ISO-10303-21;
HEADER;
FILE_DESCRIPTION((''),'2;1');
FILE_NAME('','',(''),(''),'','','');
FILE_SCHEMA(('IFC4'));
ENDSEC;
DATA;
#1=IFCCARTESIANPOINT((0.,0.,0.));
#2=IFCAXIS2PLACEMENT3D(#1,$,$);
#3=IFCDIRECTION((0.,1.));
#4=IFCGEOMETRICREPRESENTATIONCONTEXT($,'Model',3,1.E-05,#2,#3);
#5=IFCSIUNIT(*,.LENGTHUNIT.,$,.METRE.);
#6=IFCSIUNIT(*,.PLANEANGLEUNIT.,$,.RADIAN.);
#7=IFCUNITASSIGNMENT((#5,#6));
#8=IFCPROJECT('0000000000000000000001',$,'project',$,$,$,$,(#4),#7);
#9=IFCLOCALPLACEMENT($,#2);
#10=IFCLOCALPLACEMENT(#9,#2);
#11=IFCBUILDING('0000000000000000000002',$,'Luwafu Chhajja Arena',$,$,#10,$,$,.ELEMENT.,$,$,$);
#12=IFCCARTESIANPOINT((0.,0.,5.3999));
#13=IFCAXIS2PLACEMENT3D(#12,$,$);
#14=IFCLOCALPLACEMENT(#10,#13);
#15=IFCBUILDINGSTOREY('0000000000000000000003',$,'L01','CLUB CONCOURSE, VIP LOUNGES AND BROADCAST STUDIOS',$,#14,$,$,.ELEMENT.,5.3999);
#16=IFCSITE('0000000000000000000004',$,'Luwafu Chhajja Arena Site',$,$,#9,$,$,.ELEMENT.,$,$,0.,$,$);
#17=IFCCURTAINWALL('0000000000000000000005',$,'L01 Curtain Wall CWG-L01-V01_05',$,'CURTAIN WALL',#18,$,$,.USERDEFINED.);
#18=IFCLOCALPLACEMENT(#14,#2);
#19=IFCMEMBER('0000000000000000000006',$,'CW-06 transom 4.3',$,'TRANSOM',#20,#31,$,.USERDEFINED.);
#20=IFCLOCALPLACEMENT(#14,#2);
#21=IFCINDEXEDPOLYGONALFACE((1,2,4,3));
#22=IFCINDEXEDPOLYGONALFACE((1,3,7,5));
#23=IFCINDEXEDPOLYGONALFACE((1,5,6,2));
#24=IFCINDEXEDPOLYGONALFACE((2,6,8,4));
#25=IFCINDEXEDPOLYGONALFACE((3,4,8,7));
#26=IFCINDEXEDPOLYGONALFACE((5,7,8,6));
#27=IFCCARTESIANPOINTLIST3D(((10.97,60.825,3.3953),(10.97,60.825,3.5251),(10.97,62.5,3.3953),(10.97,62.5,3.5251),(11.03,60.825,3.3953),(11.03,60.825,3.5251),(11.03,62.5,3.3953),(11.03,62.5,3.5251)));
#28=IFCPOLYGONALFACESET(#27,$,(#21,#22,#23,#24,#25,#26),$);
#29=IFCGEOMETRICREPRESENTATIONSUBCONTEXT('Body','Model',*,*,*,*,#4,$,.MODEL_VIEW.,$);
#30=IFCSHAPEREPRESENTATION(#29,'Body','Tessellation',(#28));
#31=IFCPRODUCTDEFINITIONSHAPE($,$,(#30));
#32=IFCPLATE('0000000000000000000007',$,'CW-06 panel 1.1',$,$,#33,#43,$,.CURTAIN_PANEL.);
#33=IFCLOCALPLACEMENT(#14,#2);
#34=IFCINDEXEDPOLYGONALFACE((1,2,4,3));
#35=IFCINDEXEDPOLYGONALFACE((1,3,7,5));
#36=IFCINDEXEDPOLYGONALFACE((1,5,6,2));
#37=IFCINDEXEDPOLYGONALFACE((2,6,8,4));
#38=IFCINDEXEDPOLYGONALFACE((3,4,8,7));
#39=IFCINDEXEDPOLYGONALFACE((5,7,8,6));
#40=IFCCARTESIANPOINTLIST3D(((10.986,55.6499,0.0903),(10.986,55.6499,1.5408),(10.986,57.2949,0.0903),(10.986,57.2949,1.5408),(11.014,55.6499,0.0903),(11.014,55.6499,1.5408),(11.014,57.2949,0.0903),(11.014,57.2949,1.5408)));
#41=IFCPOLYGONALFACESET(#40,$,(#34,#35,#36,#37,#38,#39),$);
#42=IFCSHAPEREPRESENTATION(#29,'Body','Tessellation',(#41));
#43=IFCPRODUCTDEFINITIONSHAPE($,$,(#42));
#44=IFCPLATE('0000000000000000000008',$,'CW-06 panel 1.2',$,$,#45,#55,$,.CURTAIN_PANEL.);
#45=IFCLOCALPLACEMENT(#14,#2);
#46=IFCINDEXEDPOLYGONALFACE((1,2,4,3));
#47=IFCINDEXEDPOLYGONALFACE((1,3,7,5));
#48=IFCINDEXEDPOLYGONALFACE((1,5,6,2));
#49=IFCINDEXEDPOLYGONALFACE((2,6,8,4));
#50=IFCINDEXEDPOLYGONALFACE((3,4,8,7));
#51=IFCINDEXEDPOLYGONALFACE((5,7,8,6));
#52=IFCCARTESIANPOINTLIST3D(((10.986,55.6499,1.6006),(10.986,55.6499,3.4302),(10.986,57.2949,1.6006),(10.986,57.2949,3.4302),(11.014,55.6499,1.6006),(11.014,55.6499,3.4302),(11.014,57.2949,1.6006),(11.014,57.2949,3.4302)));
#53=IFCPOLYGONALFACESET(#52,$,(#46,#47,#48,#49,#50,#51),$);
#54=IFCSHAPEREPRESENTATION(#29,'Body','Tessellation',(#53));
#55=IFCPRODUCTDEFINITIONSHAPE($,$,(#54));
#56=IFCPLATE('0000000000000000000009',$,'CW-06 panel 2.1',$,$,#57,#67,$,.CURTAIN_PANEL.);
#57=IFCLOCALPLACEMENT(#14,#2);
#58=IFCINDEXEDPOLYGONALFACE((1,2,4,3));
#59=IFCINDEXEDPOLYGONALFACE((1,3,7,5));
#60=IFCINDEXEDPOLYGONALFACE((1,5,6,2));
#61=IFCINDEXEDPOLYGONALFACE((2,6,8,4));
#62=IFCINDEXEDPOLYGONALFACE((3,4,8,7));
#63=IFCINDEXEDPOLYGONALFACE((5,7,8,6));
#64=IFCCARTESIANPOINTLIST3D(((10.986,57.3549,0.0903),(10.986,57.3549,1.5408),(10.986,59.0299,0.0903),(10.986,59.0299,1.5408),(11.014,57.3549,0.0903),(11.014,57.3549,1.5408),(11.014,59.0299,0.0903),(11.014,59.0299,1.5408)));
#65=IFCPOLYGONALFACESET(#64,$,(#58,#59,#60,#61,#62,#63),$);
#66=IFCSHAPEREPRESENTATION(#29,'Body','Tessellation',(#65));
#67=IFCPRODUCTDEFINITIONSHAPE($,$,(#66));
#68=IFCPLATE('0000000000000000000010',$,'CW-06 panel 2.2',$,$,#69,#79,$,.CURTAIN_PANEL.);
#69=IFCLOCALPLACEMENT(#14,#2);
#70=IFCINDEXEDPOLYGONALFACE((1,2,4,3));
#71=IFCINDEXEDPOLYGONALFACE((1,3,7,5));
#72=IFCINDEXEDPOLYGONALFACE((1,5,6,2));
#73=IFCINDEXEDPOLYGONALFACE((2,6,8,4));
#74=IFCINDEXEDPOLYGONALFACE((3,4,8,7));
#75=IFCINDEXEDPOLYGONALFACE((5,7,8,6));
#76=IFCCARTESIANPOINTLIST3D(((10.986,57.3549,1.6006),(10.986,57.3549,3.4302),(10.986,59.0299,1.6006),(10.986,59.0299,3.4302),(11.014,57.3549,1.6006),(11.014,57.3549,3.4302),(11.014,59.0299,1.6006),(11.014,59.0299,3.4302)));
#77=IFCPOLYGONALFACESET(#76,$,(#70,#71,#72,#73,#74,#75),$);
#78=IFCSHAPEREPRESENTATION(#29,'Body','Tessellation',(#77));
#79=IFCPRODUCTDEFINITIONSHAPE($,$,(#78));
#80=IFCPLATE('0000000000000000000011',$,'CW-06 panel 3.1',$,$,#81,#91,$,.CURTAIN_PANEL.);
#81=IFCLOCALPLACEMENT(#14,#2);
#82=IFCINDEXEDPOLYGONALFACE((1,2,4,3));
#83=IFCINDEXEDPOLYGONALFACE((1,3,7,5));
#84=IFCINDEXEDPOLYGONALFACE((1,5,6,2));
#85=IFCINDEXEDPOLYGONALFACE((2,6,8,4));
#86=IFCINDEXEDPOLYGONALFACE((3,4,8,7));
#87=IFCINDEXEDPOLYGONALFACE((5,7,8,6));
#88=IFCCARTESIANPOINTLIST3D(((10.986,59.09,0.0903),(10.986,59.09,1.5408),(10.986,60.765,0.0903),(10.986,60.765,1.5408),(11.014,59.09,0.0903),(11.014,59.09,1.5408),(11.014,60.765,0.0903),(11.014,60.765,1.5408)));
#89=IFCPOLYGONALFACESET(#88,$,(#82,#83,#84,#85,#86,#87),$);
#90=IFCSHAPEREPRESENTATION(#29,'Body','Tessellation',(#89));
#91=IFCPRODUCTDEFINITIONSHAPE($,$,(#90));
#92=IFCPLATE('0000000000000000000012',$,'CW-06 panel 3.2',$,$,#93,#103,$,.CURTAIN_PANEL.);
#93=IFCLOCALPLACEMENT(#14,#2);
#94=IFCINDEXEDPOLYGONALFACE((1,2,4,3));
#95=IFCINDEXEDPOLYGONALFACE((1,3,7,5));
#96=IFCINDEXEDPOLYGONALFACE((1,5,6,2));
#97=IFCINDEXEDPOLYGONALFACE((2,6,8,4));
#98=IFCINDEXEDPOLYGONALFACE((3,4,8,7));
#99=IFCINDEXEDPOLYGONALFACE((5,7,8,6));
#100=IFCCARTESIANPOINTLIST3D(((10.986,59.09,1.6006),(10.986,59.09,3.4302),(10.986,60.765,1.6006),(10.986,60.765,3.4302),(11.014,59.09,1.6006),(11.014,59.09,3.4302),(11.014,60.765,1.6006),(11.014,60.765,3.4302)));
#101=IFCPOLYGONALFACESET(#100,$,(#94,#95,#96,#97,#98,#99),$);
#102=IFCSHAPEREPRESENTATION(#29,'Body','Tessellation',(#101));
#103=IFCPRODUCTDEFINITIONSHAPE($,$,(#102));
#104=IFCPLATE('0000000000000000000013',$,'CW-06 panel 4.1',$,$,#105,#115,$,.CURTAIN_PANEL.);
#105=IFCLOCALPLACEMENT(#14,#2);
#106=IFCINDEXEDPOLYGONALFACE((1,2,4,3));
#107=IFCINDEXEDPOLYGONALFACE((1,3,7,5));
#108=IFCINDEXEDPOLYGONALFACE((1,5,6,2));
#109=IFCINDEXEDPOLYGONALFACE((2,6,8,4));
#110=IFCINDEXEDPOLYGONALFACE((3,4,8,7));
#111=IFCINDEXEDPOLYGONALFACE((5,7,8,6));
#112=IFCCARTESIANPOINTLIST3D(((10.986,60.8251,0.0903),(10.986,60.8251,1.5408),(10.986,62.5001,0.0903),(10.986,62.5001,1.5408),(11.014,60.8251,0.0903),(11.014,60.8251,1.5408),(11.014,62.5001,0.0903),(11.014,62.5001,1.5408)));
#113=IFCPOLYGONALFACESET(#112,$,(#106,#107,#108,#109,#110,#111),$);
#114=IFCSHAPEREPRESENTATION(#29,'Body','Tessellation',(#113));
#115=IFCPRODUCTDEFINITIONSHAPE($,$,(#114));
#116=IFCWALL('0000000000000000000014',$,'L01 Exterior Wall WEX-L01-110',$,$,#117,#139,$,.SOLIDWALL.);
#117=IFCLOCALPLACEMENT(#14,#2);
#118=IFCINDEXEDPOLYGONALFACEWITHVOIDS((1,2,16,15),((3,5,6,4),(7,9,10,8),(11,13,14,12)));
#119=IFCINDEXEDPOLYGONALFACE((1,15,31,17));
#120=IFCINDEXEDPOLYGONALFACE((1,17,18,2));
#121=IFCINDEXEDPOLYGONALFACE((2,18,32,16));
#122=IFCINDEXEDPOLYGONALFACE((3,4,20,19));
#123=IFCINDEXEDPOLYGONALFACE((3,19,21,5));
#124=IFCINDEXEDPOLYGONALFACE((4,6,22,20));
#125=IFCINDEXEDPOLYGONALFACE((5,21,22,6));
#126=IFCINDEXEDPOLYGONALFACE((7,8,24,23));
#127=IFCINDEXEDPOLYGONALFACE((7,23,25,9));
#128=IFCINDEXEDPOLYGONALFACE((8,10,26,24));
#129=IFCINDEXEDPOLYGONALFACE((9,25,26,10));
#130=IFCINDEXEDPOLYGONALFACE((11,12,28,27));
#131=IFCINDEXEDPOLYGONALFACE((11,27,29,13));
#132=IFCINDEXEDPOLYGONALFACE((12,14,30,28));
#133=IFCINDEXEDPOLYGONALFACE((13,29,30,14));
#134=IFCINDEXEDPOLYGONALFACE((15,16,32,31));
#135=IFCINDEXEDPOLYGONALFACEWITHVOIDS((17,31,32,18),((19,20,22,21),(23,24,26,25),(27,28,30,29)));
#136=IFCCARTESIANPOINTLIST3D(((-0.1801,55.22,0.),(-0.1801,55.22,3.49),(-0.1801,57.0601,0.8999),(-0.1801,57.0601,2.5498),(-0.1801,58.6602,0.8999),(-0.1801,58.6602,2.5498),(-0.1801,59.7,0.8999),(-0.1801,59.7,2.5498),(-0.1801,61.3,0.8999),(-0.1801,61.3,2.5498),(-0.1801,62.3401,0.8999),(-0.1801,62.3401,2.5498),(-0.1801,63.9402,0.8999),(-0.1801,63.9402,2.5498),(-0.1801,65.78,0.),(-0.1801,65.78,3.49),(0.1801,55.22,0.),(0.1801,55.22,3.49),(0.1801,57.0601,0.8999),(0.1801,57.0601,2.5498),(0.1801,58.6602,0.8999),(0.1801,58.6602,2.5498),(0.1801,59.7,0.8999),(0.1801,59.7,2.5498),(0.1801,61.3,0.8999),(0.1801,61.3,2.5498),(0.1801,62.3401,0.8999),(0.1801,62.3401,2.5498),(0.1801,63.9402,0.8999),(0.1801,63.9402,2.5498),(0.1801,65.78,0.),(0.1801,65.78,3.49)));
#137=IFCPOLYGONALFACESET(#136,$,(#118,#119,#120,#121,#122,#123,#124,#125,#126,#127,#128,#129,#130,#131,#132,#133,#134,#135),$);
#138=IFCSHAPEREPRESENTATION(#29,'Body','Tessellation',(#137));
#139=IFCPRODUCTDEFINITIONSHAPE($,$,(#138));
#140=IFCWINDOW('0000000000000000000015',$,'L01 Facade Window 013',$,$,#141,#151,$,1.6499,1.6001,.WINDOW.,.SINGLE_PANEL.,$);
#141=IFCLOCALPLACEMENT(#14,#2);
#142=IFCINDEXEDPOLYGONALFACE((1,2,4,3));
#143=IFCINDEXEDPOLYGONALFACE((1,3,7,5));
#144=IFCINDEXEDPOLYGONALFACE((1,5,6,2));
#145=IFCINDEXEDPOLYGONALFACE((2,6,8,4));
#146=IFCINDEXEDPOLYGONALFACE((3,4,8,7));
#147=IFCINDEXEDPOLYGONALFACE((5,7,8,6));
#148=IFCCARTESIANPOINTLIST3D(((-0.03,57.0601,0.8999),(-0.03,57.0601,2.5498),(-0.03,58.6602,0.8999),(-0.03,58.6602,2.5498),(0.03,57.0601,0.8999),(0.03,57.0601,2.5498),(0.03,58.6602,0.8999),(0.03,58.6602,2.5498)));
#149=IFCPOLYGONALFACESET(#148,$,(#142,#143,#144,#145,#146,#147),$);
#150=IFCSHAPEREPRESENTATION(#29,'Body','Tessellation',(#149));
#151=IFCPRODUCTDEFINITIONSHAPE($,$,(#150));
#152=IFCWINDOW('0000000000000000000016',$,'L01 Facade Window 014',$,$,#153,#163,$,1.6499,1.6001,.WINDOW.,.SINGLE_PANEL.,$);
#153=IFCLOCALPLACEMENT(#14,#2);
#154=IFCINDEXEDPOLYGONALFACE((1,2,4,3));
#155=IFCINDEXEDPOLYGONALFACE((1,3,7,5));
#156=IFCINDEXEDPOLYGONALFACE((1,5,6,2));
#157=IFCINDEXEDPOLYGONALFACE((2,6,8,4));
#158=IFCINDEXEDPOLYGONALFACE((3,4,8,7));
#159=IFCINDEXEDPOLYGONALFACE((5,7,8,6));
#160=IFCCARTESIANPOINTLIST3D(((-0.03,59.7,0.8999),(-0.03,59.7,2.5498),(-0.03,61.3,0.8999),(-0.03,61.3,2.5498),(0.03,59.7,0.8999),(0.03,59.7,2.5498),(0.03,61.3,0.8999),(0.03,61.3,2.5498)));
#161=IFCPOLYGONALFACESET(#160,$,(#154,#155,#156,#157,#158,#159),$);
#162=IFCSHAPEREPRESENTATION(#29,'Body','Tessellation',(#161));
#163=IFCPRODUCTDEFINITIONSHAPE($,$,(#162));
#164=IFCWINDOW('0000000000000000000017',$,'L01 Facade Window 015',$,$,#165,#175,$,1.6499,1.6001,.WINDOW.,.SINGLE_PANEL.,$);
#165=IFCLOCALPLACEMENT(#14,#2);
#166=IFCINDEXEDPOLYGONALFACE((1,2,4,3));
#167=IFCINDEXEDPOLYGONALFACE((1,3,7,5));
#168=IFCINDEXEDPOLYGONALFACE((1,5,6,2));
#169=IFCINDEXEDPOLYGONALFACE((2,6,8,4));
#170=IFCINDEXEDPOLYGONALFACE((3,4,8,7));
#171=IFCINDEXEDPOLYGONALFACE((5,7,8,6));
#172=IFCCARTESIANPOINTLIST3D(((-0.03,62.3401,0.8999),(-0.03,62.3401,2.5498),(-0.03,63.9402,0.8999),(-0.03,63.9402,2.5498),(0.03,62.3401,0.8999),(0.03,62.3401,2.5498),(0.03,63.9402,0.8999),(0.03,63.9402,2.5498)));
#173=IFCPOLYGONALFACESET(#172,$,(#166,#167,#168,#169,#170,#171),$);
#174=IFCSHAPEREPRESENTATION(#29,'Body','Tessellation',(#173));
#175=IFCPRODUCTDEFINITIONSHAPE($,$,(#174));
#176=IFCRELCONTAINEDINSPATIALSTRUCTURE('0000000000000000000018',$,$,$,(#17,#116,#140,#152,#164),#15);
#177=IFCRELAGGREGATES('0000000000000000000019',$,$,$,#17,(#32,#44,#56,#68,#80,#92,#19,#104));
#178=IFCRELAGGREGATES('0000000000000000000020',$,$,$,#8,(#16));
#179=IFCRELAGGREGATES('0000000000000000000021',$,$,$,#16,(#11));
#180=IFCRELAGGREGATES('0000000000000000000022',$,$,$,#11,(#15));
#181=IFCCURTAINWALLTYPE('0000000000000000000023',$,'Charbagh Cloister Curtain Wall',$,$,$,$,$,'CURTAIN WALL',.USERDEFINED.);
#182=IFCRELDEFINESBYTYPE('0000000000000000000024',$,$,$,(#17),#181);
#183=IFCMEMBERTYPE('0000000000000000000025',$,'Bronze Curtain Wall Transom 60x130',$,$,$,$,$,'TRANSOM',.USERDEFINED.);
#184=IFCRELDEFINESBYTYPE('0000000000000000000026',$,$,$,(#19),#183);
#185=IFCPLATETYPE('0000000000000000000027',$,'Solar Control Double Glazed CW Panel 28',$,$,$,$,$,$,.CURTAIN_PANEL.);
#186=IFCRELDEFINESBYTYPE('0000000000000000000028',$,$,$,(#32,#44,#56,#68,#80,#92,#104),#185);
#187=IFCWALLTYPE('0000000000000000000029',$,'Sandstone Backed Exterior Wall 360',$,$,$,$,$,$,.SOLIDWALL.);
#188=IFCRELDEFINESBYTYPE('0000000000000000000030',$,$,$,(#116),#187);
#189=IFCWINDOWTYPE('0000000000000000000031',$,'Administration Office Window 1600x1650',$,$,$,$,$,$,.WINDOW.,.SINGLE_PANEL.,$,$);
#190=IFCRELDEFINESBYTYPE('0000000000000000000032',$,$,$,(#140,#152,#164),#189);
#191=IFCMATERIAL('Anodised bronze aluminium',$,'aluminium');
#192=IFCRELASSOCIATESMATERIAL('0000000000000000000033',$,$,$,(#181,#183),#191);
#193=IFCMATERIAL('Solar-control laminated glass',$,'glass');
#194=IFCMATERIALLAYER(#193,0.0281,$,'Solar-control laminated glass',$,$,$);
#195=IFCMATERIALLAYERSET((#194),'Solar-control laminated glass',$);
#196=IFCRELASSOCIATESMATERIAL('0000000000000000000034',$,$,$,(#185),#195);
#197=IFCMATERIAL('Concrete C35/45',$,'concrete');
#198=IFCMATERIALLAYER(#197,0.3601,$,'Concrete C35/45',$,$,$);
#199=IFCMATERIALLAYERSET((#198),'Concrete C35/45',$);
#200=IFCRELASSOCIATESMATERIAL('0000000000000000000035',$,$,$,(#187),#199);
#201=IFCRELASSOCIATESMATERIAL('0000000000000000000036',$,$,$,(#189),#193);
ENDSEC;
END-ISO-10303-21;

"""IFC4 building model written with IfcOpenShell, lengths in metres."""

from ifc_helpers import new_model, si_unit, direction, frame, frame_2d, origin, origin_2d, place, context, subcontext, project, spatial, rectangle, extrude, material, layer, layer_set, material_profile, profile_set, type_object, element, fill, aggregate, save


model = new_model("IFC4")

# Units and contexts
model_context = context("Model", 3, precision=1e-05, world=origin(), true_north=direction((0.0, 1.0)))
body_context = subcontext(model_context, "Body", "Model", "MODEL_VIEW")
ifc_project = project(units=[si_unit("LENGTHUNIT", "METRE"), si_unit("PLANEANGLEUNIT", "RADIAN")], contexts=[model_context])

# Site, building, storey
site_placement = place(None, origin())
site = spatial("IfcSite", under=ifc_project, at=site_placement, Name="Luwafu Chhajja Arena Site", CompositionType="ELEMENT", RefElevation=0.0)
building_placement = place(site_placement, origin())
building = spatial("IfcBuilding", under=site, at=building_placement, Name="Luwafu Chhajja Arena", CompositionType="ELEMENT")
storey_placement = place(building_placement, frame((0.0, 0.0, 5.3999)))
storey = spatial("IfcBuildingStorey", under=building, at=storey_placement, Name="L01", Description="CLUB CONCOURSE, VIP LOUNGES AND BROADCAST STUDIOS", CompositionType="ELEMENT", Elevation=5.3999)

# Curtain wall, member, plates
ifc_material_1 = material(Name="Anodised bronze aluminium", Category="aluminium")
curtain_wall_type = type_object("IfcCurtainWallType", Name="Charbagh Cloister Curtain Wall", ElementType="CURTAIN WALL", PredefinedType="USERDEFINED", material=ifc_material_1)
curtain_wall_placement = place(storey_placement, origin())
curtain_wall = element("IfcCurtainWall", 1, at=curtain_wall_placement, inside=storey, type_object=curtain_wall_type, Name="L01 Curtain Wall CWG-L01-V01_05", ObjectType="CURTAIN WALL", PredefinedType="USERDEFINED")
ifc_material_profile_1 = material_profile(ifc_material_1, rectangle(XDim=0.0601, YDim=0.1299, at=origin_2d()), Name="CWT 60x130")
ifc_profile_set_1 = profile_set([ifc_material_profile_1], Name="Anodised bronze aluminium")
member_type_1 = type_object("IfcMemberType", Name="Bronze Curtain Wall Transom 60x130", ElementType="TRANSOM", PredefinedType="USERDEFINED", material=ifc_profile_set_1)
member_1_placement = place(storey_placement, frame((11.0, 60.825, 3.4602), z_axis=(0.0, 1.0, 0.0), x_axis=(-1.0, 0.0, 0.0)))
member_1 = element("IfcMember", 2, at=member_1_placement, type_object=member_type_1, Name="CW-06 transom 4.3", ObjectType="TRANSOM", PredefinedType="USERDEFINED", context=body_context, shape_type="SweptSolid", body=[
    extrude(rectangle(XDim=0.0601, YDim=0.1299, at=origin_2d()), origin(), (0.0, 0.0, 1.0), 1.675),
])
ifc_material_2 = material(Name="Solar-control laminated glass", Category="glass")
ifc_layer_1 = layer(ifc_material_2, 0.0281, Name="Solar-control laminated glass")
ifc_layer_set_1 = layer_set([ifc_layer_1], Name="Solar-control laminated glass")
plate_type = type_object("IfcPlateType", Name="Solar Control Double Glazed CW Panel 28", PredefinedType="CURTAIN_PANEL", material=ifc_layer_set_1)
plate_1_placement = place(storey_placement, frame((11.0, 56.4724, 0.0903), z_axis=(0.0, 0.0, 1.0), x_axis=(0.0, 1.0, 0.0)))
plate_1 = element("IfcPlate", 3, at=plate_1_placement, type_object=plate_type, Name="CW-06 panel 1.1", PredefinedType="CURTAIN_PANEL", context=body_context, shape_type="SweptSolid", body=[
    extrude(rectangle(XDim=1.645, YDim=0.0281, at=origin_2d()), origin(), (0.0, 0.0, 1.0), 1.4504),
])
plate_2_placement = place(storey_placement, frame((11.0, 56.4724, 1.6006), z_axis=(0.0, 0.0, 1.0), x_axis=(0.0, 1.0, 0.0)))
plate_2 = element("IfcPlate", 4, at=plate_2_placement, type_object=plate_type, Name="CW-06 panel 1.2", PredefinedType="CURTAIN_PANEL", context=body_context, shape_type="SweptSolid", body=[
    extrude(rectangle(XDim=1.645, YDim=0.0281, at=origin_2d()), origin(), (0.0, 0.0, 1.0), 1.8296),
])
plate_3_placement = place(storey_placement, frame((11.0, 58.1924, 0.0903), z_axis=(0.0, 0.0, 1.0), x_axis=(0.0, 1.0, 0.0)))
plate_3 = element("IfcPlate", 5, at=plate_3_placement, type_object=plate_type, Name="CW-06 panel 2.1", PredefinedType="CURTAIN_PANEL", context=body_context, shape_type="SweptSolid", body=[
    extrude(rectangle(XDim=1.675, YDim=0.0281, at=origin_2d()), origin(), (0.0, 0.0, 1.0), 1.4504),
])
plate_4_placement = place(storey_placement, frame((11.0, 58.1924, 1.6006), z_axis=(0.0, 0.0, 1.0), x_axis=(0.0, 1.0, 0.0)))
plate_4 = element("IfcPlate", 6, at=plate_4_placement, type_object=plate_type, Name="CW-06 panel 2.2", PredefinedType="CURTAIN_PANEL", context=body_context, shape_type="SweptSolid", body=[
    extrude(rectangle(XDim=1.675, YDim=0.0281, at=origin_2d()), origin(), (0.0, 0.0, 1.0), 1.8296),
])
plate_5_placement = place(storey_placement, frame((11.0, 59.9275, 0.0903), z_axis=(0.0, 0.0, 1.0), x_axis=(0.0, 1.0, 0.0)))
plate_5 = element("IfcPlate", 7, at=plate_5_placement, type_object=plate_type, Name="CW-06 panel 3.1", PredefinedType="CURTAIN_PANEL", context=body_context, shape_type="SweptSolid", body=[
    extrude(rectangle(XDim=1.675, YDim=0.0281, at=origin_2d()), origin(), (0.0, 0.0, 1.0), 1.4504),
])
plate_6_placement = place(storey_placement, frame((11.0, 59.9275, 1.6006), z_axis=(0.0, 0.0, 1.0), x_axis=(0.0, 1.0, 0.0)))
plate_6 = element("IfcPlate", 8, at=plate_6_placement, type_object=plate_type, Name="CW-06 panel 3.2", PredefinedType="CURTAIN_PANEL", context=body_context, shape_type="SweptSolid", body=[
    extrude(rectangle(XDim=1.675, YDim=0.0281, at=origin_2d()), origin(), (0.0, 0.0, 1.0), 1.8296),
])
plate_7_placement = place(storey_placement, frame((11.0, 61.6626, 0.0903), z_axis=(0.0, 0.0, 1.0), x_axis=(0.0, 1.0, 0.0)))
plate_7 = element("IfcPlate", 9, at=plate_7_placement, type_object=plate_type, Name="CW-06 panel 4.1", PredefinedType="CURTAIN_PANEL", context=body_context, shape_type="SweptSolid", body=[
    extrude(rectangle(XDim=1.675, YDim=0.0281, at=origin_2d()), origin(), (0.0, 0.0, 1.0), 1.4504),
])
aggregate(curtain_wall, [plate_1, plate_2, plate_3, plate_4, plate_5, plate_6, member_1, plate_7])

# Wall, openings, windows
ifc_material_3 = material(Name="Concrete C35/45", Category="concrete")
ifc_layer_2 = layer(ifc_material_3, 0.3601, Name="Concrete C35/45")
ifc_layer_set_2 = layer_set([ifc_layer_2], Name="Concrete C35/45")
wall_type = type_object("IfcWallType", Name="Sandstone Backed Exterior Wall 360", PredefinedType="SOLIDWALL", material=ifc_layer_set_2)
wall_placement = place(storey_placement, frame((0.0, 55.22, 0.0), z_axis=(0.0, 0.0, 1.0), x_axis=(0.0, 1.0, 0.0)))
wall = element("IfcWall", 10, at=wall_placement, inside=storey, type_object=wall_type, Name="L01 Exterior Wall WEX-L01-110", PredefinedType="SOLIDWALL", context=body_context, shape_type="SweptSolid", body=[
    extrude(rectangle(XDim=10.5601, YDim=0.3601, at=frame_2d((5.28, 0.0))), origin(), (0.0, 0.0, 1.0), 3.49),
])
opening_1_placement = place(wall_placement, frame((1.8401, 0.0, 0.8999)))
opening_1 = element("IfcOpeningElement", 11, at=opening_1_placement, cuts=wall, PredefinedType="OPENING", context=body_context, shape_type="SweptSolid", body=[
    extrude(rectangle(XDim=1.6001, YDim=1.6499, at=frame_2d((0.8, 0.825))), frame((0.0, 0.1899, 0.0), z_axis=(0.0, -1.0, 0.0), x_axis=(1.0, 0.0, 0.0)), (0.0, 0.0, 1.0), 0.3801),
])
opening_2_placement = place(wall_placement, frame((4.48, 0.0, 0.8999)))
opening_2 = element("IfcOpeningElement", 12, at=opening_2_placement, cuts=wall, PredefinedType="OPENING", context=body_context, shape_type="SweptSolid", body=[
    extrude(rectangle(XDim=1.6001, YDim=1.6499, at=frame_2d((0.8, 0.825))), frame((0.0, 0.1899, 0.0), z_axis=(0.0, -1.0, 0.0), x_axis=(1.0, 0.0, 0.0)), (0.0, 0.0, 1.0), 0.3801),
])
opening_3_placement = place(wall_placement, frame((7.1201, 0.0, 0.8999)))
opening_3 = element("IfcOpeningElement", 13, at=opening_3_placement, cuts=wall, PredefinedType="OPENING", context=body_context, shape_type="SweptSolid", body=[
    extrude(rectangle(XDim=1.6001, YDim=1.6499, at=frame_2d((0.8, 0.825))), frame((0.0, 0.1899, 0.0), z_axis=(0.0, -1.0, 0.0), x_axis=(1.0, 0.0, 0.0)), (0.0, 0.0, 1.0), 0.3801),
])
window_type = type_object("IfcWindowType", Name="Administration Office Window 1600x1650", PartitioningType="SINGLE_PANEL", PredefinedType="WINDOW", material=ifc_material_2)
window_1_placement = place(opening_1_placement, origin())
window_1 = element("IfcWindow", 14, at=window_1_placement, inside=storey, type_object=window_type, Name="L01 Facade Window 013", OverallHeight=1.6499, OverallWidth=1.6001, PartitioningType="SINGLE_PANEL", PredefinedType="WINDOW", context=body_context, shape_type="SweptSolid", body=[
    extrude(rectangle(XDim=1.6001, YDim=1.6499, at=frame_2d((0.8, 0.825))), frame((0.0, 0.03, 0.0), z_axis=(0.0, -1.0, 0.0), x_axis=(1.0, 0.0, 0.0)), (0.0, 0.0, 1.0), 0.0601),
])
fill(opening_1, window_1)
window_2_placement = place(opening_2_placement, origin())
window_2 = element("IfcWindow", 15, at=window_2_placement, inside=storey, type_object=window_type, Name="L01 Facade Window 014", OverallHeight=1.6499, OverallWidth=1.6001, PartitioningType="SINGLE_PANEL", PredefinedType="WINDOW", context=body_context, shape_type="SweptSolid", body=[
    extrude(rectangle(XDim=1.6001, YDim=1.6499, at=frame_2d((0.8, 0.825))), frame((0.0, 0.03, 0.0), z_axis=(0.0, -1.0, 0.0), x_axis=(1.0, 0.0, 0.0)), (0.0, 0.0, 1.0), 0.0601),
])
fill(opening_2, window_2)
window_3_placement = place(opening_3_placement, origin())
window_3 = element("IfcWindow", 16, at=window_3_placement, inside=storey, type_object=window_type, Name="L01 Facade Window 015", OverallHeight=1.6499, OverallWidth=1.6001, PartitioningType="SINGLE_PANEL", PredefinedType="WINDOW", context=body_context, shape_type="SweptSolid", body=[
    extrude(rectangle(XDim=1.6001, YDim=1.6499, at=frame_2d((0.8, 0.825))), frame((0.0, 0.03, 0.0), z_axis=(0.0, -1.0, 0.0), x_axis=(1.0, 0.0, 0.0)), (0.0, 0.0, 1.0), 0.0601),
])
fill(opening_3, window_3)

save(model, "model.ifc")
